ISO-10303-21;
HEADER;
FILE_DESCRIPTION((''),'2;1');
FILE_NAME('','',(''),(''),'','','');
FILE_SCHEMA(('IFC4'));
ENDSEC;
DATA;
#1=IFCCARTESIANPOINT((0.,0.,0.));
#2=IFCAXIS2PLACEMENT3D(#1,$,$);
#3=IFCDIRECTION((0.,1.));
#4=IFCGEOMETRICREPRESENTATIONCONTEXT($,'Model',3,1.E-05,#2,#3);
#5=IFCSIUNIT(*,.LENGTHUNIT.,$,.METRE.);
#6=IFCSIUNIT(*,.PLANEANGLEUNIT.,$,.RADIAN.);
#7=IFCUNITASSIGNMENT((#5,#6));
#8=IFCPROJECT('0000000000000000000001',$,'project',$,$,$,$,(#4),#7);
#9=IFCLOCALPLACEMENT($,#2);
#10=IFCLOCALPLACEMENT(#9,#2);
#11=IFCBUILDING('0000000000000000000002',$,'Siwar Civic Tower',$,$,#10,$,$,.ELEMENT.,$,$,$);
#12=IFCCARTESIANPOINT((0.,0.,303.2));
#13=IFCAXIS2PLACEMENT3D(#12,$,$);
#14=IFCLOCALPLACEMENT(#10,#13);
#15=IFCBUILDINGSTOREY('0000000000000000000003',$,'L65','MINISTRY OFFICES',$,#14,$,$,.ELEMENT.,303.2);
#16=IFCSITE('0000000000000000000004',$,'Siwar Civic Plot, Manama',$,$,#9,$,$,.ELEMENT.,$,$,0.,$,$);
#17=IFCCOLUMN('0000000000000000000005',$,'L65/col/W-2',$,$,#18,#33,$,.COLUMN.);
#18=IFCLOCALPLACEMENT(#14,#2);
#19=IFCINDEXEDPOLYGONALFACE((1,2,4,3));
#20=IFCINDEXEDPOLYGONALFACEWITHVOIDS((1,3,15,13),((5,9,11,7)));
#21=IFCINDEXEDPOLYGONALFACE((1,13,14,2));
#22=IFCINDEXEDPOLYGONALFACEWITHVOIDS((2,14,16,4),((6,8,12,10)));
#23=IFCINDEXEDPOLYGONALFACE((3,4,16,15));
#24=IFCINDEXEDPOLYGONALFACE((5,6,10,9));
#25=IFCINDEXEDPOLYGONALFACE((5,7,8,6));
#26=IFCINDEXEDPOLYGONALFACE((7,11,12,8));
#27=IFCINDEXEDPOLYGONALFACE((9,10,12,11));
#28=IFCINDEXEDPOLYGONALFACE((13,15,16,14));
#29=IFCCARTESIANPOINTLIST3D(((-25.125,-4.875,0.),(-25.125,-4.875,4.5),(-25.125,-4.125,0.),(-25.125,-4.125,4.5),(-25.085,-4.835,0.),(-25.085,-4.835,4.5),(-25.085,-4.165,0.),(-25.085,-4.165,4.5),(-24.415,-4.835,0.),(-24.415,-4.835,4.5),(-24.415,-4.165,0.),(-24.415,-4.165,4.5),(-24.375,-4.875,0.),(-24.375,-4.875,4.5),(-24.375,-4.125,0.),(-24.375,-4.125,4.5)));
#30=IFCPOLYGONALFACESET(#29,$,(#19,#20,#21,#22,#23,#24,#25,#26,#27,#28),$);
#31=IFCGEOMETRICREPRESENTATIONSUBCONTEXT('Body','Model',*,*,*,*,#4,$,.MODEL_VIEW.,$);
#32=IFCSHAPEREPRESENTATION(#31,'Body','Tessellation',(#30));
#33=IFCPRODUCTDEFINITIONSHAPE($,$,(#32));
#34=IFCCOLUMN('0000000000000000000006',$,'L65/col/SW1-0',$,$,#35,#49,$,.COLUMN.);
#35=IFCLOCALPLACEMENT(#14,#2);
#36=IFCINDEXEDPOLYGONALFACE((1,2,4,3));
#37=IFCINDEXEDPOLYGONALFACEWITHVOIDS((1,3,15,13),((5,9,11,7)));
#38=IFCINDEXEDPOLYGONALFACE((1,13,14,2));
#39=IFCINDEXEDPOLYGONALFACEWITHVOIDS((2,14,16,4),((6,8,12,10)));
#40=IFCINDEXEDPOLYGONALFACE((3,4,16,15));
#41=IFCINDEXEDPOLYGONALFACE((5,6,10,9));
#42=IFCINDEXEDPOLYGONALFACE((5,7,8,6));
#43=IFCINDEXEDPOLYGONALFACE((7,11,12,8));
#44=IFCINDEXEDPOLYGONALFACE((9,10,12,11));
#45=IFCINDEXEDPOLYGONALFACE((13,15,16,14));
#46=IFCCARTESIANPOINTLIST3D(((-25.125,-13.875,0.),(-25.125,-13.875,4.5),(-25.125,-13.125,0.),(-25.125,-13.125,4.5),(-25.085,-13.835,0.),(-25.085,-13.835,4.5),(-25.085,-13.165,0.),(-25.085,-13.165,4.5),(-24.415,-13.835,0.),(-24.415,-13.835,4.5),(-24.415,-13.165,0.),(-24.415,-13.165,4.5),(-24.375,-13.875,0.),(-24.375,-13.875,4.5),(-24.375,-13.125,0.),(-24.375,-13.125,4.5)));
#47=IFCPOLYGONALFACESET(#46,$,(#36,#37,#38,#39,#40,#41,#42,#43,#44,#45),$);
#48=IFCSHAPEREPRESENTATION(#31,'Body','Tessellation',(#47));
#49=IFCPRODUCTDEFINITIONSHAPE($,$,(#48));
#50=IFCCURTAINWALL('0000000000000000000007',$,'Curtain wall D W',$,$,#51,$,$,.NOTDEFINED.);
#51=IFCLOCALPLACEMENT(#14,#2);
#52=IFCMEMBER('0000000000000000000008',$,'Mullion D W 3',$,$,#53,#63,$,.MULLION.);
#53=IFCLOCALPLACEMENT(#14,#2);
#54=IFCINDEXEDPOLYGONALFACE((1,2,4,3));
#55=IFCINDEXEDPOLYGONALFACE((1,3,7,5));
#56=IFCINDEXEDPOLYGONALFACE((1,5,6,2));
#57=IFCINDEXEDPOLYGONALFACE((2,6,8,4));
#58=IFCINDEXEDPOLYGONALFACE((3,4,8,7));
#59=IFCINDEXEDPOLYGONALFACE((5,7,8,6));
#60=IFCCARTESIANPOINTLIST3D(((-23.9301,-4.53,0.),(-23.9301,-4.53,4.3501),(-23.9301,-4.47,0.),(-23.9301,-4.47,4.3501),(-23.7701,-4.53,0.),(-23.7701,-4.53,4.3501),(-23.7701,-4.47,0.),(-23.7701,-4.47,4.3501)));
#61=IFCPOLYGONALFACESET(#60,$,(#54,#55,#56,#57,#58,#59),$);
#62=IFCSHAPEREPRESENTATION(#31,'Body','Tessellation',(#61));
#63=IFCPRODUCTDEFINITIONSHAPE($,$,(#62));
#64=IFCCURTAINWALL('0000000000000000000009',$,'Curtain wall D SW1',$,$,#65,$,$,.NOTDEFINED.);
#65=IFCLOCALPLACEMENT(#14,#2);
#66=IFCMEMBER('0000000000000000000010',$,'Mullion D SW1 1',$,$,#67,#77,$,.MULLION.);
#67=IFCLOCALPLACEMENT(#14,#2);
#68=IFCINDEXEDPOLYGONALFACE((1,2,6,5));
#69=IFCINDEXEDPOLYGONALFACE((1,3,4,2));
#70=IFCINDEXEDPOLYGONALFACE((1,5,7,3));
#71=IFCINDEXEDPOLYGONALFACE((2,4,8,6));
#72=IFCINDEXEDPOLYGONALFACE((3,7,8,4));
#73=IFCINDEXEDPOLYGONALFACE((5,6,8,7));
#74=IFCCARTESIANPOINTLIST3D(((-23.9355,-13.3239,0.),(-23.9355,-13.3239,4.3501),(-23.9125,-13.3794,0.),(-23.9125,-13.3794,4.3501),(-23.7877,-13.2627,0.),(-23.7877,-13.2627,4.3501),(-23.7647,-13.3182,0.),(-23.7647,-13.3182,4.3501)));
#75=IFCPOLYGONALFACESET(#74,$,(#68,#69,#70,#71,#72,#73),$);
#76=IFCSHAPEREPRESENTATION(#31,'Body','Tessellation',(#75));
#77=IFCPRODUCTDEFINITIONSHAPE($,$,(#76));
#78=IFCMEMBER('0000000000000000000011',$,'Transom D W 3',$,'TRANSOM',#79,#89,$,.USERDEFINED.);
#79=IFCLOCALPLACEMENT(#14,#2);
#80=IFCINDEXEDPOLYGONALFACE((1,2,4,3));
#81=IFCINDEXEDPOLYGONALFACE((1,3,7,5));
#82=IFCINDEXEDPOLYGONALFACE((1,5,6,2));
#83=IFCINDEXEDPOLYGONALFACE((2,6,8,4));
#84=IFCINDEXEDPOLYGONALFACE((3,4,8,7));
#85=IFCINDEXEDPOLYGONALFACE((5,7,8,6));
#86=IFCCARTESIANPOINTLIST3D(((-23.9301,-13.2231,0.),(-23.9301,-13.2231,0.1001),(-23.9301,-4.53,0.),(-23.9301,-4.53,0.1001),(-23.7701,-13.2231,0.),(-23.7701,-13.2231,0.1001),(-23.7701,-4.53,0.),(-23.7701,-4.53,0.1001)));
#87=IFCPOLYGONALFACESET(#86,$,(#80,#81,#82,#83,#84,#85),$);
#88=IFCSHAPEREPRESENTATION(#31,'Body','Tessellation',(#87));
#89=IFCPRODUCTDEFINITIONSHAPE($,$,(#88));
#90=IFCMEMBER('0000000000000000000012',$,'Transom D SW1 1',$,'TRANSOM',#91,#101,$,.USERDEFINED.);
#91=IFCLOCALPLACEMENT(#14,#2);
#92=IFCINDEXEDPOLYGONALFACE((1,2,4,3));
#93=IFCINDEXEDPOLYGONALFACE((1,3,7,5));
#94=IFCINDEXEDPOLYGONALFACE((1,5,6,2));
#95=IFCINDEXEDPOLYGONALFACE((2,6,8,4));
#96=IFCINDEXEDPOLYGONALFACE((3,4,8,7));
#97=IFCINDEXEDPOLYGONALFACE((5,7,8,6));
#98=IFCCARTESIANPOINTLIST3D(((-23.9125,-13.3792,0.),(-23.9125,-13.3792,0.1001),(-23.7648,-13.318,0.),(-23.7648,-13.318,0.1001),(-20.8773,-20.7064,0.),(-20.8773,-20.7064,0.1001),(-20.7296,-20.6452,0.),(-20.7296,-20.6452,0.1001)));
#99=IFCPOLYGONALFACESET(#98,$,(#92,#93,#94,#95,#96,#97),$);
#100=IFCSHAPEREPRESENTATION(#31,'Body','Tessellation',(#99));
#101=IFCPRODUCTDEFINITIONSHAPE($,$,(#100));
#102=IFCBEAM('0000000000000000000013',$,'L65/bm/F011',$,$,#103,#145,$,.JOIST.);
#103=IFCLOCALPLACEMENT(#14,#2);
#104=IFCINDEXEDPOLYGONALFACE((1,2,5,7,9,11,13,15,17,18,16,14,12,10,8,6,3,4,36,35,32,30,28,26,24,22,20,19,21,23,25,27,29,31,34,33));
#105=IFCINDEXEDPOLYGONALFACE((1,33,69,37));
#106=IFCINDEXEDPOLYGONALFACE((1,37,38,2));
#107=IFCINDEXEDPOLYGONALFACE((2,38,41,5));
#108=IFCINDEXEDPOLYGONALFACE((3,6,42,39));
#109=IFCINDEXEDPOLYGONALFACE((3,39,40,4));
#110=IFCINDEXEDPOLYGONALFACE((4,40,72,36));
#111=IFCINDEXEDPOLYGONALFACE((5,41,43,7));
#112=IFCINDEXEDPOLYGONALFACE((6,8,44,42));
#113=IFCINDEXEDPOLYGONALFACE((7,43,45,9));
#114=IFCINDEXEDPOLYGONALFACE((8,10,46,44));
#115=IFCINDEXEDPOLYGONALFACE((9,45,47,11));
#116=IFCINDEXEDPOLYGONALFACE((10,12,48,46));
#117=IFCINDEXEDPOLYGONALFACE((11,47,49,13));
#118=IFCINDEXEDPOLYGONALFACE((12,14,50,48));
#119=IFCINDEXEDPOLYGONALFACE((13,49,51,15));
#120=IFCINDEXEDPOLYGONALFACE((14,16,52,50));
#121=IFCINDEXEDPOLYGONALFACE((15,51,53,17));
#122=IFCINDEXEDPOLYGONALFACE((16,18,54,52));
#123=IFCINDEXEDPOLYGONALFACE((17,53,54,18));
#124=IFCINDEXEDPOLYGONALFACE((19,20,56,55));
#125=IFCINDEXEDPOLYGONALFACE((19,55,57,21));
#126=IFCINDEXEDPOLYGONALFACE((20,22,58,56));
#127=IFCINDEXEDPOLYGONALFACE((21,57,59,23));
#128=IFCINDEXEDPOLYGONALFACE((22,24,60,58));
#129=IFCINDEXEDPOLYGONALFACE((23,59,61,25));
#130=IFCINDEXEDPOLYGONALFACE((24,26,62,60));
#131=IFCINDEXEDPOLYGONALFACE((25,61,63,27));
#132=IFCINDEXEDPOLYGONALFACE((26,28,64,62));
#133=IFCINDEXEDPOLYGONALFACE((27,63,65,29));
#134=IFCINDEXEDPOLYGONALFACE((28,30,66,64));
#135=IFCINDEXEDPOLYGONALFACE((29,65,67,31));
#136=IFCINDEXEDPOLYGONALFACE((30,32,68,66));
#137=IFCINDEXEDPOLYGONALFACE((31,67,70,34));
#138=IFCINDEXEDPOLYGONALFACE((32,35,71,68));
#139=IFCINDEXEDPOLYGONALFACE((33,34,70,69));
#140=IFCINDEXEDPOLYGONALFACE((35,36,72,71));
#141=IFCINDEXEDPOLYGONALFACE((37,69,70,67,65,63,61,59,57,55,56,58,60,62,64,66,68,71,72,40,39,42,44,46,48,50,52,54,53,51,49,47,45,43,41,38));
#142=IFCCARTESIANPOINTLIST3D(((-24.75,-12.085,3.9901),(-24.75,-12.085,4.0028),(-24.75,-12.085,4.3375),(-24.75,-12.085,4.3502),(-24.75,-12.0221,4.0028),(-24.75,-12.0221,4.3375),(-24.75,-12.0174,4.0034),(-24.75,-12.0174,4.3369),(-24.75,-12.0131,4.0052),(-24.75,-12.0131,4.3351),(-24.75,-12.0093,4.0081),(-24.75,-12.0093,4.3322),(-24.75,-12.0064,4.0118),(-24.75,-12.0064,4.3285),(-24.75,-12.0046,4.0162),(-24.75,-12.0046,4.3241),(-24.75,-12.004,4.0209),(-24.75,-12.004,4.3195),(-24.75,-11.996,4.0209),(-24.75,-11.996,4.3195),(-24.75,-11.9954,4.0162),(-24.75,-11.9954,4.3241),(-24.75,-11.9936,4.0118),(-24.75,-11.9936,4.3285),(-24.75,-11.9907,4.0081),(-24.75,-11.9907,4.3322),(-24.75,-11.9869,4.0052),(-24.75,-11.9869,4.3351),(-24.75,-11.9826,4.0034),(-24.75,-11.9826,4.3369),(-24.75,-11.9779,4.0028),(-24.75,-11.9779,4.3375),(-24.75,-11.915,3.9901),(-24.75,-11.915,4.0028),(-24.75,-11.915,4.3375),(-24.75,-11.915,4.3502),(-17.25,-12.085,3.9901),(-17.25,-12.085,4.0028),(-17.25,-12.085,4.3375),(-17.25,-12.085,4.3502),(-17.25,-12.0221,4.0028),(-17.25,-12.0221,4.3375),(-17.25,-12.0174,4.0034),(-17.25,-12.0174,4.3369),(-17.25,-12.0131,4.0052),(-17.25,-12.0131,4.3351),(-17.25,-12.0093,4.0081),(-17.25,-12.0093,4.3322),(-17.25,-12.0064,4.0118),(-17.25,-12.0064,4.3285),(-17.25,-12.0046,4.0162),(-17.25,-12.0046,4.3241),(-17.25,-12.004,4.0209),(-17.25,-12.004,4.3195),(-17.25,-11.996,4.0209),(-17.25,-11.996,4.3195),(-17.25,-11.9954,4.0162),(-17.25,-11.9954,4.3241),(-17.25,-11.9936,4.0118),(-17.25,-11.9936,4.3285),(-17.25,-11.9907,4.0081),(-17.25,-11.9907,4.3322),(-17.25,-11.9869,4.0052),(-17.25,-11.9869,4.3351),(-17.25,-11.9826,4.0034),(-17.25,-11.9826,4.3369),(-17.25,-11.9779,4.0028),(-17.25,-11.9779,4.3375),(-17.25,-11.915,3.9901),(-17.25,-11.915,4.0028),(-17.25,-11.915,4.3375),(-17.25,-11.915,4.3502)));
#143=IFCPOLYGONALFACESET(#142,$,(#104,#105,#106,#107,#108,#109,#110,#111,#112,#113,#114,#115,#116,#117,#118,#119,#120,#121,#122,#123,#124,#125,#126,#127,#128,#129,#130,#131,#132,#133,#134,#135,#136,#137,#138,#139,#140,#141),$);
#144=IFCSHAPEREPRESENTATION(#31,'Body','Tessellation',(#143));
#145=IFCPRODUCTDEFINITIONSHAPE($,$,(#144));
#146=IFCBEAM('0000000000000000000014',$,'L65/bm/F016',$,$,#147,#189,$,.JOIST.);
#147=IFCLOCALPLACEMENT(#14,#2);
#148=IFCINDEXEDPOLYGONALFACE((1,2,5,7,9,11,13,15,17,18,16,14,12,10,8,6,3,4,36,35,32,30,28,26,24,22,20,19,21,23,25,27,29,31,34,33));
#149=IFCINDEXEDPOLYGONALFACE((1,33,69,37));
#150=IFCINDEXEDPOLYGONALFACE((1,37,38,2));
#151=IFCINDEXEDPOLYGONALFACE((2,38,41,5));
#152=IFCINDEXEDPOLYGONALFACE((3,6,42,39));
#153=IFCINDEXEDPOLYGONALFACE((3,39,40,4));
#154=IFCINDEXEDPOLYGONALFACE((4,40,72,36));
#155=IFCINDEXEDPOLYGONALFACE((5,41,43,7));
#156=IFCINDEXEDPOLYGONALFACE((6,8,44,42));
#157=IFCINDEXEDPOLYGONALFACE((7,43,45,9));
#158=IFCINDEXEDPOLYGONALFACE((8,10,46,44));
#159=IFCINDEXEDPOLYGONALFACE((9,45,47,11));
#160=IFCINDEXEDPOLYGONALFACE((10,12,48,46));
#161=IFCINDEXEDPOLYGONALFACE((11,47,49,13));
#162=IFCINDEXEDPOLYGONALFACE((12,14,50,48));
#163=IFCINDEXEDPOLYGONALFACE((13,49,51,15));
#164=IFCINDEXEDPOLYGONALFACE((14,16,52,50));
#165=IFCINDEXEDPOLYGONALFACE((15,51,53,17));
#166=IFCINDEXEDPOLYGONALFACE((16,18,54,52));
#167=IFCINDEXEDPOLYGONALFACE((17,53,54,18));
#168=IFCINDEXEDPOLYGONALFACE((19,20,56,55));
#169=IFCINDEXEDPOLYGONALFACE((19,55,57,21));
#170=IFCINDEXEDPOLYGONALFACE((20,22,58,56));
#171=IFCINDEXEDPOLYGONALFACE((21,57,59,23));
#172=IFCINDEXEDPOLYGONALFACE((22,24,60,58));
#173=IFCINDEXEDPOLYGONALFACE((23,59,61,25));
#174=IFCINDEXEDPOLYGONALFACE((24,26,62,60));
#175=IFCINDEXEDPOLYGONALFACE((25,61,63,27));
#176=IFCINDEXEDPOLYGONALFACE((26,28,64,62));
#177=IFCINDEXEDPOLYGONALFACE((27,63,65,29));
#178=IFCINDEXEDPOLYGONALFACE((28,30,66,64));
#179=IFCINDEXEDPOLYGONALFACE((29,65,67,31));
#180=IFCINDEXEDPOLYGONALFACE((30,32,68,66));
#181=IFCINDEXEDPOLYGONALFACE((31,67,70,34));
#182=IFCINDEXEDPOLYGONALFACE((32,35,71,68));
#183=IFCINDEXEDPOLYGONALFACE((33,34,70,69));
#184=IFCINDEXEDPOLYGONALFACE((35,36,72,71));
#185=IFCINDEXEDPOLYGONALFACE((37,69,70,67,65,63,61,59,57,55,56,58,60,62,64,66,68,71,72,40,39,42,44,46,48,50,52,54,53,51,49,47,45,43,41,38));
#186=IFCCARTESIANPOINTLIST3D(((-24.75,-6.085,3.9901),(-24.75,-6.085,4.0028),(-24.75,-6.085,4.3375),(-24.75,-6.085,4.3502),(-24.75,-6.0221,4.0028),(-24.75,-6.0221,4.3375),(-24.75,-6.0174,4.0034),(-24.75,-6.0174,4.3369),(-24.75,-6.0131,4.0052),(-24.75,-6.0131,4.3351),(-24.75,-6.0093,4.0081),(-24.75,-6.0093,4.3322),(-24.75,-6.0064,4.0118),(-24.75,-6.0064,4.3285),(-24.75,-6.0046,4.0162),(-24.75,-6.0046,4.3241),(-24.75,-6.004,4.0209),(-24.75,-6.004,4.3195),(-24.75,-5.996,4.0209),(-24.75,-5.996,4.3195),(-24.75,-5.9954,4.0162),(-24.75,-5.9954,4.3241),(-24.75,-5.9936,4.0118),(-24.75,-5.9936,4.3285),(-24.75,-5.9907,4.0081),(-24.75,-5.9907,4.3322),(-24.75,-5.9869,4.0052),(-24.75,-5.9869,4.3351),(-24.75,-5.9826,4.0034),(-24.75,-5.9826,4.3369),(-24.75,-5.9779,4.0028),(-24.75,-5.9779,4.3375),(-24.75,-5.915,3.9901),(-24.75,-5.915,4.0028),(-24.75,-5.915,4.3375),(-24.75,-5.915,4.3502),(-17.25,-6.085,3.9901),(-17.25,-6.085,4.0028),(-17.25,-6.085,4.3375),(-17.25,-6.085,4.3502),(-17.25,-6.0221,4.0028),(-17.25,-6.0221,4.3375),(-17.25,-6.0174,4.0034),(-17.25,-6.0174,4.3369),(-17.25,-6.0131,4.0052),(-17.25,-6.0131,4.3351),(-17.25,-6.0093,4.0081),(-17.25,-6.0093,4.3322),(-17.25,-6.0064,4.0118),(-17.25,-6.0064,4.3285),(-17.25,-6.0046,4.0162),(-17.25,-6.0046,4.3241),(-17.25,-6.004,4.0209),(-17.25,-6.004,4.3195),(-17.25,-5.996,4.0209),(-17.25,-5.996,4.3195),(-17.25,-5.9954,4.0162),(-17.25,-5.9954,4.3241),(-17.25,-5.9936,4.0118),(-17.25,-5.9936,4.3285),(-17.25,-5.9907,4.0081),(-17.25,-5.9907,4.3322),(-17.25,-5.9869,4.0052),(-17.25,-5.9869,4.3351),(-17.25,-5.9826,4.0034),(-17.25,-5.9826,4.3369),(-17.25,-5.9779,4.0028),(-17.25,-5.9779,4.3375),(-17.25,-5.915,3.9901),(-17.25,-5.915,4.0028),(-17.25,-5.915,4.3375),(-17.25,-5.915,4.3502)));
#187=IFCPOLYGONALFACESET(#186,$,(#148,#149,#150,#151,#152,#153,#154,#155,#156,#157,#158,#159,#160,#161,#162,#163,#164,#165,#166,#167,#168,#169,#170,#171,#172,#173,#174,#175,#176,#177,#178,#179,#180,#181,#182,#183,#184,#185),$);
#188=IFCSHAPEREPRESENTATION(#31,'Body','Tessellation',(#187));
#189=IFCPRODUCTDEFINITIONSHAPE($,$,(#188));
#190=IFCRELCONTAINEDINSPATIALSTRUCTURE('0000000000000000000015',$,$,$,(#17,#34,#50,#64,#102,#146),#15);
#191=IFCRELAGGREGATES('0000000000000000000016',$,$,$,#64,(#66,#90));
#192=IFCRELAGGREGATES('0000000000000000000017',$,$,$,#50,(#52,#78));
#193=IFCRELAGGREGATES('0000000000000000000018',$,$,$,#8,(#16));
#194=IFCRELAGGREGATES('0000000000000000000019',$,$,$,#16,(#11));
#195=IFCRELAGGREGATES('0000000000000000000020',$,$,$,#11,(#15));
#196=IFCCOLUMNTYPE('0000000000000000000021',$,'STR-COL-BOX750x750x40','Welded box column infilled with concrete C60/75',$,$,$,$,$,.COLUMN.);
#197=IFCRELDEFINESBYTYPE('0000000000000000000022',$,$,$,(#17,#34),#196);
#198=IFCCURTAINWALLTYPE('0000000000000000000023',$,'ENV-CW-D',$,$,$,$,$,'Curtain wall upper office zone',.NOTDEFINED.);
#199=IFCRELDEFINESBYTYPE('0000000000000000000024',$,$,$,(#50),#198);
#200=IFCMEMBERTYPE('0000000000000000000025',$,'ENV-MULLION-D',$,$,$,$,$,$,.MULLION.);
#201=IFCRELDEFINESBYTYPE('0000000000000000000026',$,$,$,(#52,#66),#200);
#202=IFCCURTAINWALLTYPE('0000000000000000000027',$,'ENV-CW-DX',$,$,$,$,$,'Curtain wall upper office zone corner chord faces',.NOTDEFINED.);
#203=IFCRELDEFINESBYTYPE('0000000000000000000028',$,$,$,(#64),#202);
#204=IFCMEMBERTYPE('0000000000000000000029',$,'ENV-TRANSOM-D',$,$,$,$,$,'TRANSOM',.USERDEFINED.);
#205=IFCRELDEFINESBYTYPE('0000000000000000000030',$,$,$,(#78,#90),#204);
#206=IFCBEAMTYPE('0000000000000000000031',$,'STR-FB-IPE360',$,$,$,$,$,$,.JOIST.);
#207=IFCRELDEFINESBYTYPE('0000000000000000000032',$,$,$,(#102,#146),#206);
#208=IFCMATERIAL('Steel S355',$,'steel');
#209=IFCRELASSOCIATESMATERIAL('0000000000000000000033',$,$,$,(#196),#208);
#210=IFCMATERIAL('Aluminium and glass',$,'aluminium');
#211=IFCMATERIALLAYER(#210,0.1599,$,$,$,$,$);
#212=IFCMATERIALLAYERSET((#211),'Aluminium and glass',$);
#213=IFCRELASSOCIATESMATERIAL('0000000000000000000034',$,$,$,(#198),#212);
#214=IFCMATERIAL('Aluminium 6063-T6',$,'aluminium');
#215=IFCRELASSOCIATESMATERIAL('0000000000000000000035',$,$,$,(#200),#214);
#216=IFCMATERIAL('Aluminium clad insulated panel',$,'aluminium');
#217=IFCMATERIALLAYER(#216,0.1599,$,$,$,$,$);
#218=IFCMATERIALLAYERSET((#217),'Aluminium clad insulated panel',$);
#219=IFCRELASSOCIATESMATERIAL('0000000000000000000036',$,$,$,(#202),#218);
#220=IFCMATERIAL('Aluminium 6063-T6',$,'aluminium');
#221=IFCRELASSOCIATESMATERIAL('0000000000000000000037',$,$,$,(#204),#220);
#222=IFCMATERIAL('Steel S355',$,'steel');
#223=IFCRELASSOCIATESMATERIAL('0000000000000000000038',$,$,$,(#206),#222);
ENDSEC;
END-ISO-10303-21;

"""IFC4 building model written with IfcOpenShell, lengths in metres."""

from ifc_helpers import new_model, si_unit, direction, frame, origin, origin_2d, place, context, subcontext, project, spatial, rectangle, hollow_rectangle, i_section, extrude, material, layer, layer_set, material_profile, profile_set, type_object, element, aggregate, save


model = new_model("IFC4")

# Units and contexts
model_context = context("Model", 3, precision=1e-05, world=origin(), true_north=direction((0.0, 1.0)))
body_context = subcontext(model_context, "Body", "Model", "MODEL_VIEW")
ifc_project = project(units=[si_unit("LENGTHUNIT", "METRE"), si_unit("PLANEANGLEUNIT", "RADIAN")], contexts=[model_context])

# Site, building, storey
site_placement = place(None, origin())
site = spatial("IfcSite", under=ifc_project, at=site_placement, Name="Siwar Civic Plot, Manama", CompositionType="ELEMENT", RefElevation=0.0)
building_placement = place(site_placement, origin())
building = spatial("IfcBuilding", under=site, at=building_placement, Name="Siwar Civic Tower", CompositionType="ELEMENT")
storey_placement = place(building_placement, frame((0.0, 0.0, 303.2)))
storey = spatial("IfcBuildingStorey", under=building, at=storey_placement, Name="L65", Description="MINISTRY OFFICES", CompositionType="ELEMENT", Elevation=303.2)

# Columns
ifc_material_1 = material(Name="Steel S355", Category="steel")
ifc_material_profile_1 = material_profile(ifc_material_1, hollow_rectangle(XDim=0.75, YDim=0.75, WallThickness=0.04, at=origin_2d()), Name="BOX750x750x40")
ifc_profile_set_1 = profile_set([ifc_material_profile_1], Name="Steel S355")
column_type = type_object("IfcColumnType", Name="STR-COL-BOX750x750x40", Description="Welded box column infilled with concrete C60/75", PredefinedType="COLUMN", material=ifc_profile_set_1)
for number, where, z_axis, x_axis, name in (
    (1, (-24.75, -4.5, 0.0), (0.0, 0.0, 1.0), (1.0, 0.0, 0.0), "L65/col/W-2"),
    (2, (-24.75, -13.5, 0.0), (0.0, 0.0, 1.0), (1.0, 0.0, 0.0), "L65/col/SW1-0"),
):
    element("IfcColumn", number, at=place(storey_placement, frame(where, z_axis=z_axis, x_axis=x_axis)), inside=storey, type_object=column_type, Name=name, PredefinedType="COLUMN", context=body_context, shape_type="SweptSolid", body=[
        extrude(hollow_rectangle(XDim=0.75, YDim=0.75, WallThickness=0.04, at=origin_2d()), origin(), (0.0, 0.0, 1.0), 4.5),
    ])

# Curtain walls, members
ifc_material_2 = material(Name="Aluminium and glass", Category="aluminium")
ifc_layer_1 = layer(ifc_material_2, 0.1599)
ifc_layer_set_1 = layer_set([ifc_layer_1], Name="Aluminium and glass")
curtain_wall_type_1 = type_object("IfcCurtainWallType", Name="ENV-CW-D", ElementType="Curtain wall upper office zone", PredefinedType="NOTDEFINED", material=ifc_layer_set_1)
curtain_wall_1_placement = place(storey_placement, origin())
curtain_wall_1 = element("IfcCurtainWall", 3, at=curtain_wall_1_placement, inside=storey, type_object=curtain_wall_type_1, Name="Curtain wall D W", PredefinedType="NOTDEFINED")
ifc_material_3 = material(Name="Aluminium 6063-T6", Category="aluminium")
ifc_material_profile_2 = material_profile(ifc_material_3, rectangle(XDim=0.1599, YDim=0.0601, at=origin_2d()), Name="AL 160x60")
ifc_profile_set_2 = profile_set([ifc_material_profile_2], Name="Aluminium 6063-T6")
member_type_1 = type_object("IfcMemberType", Name="ENV-MULLION-D", PredefinedType="MULLION", material=ifc_profile_set_2)
member_1_placement = place(storey_placement, frame((-23.8501, -4.5, 0.0), z_axis=(0.0, 0.0, 1.0), x_axis=(1.0, 0.0, 0.0)))
member_1 = element("IfcMember", 4, at=member_1_placement, type_object=member_type_1, Name="Mullion D W 3", PredefinedType="MULLION", context=body_context, shape_type="SweptSolid", body=[
    extrude(rectangle(XDim=0.1599, YDim=0.0601, at=origin_2d()), origin(), (0.0, 0.0, 1.0), 4.3501),
])
ifc_material_4 = material(Name="Aluminium clad insulated panel", Category="aluminium")
ifc_layer_2 = layer(ifc_material_4, 0.1599)
ifc_layer_set_2 = layer_set([ifc_layer_2], Name="Aluminium clad insulated panel")
curtain_wall_type_2 = type_object("IfcCurtainWallType", Name="ENV-CW-DX", ElementType="Curtain wall upper office zone corner chord faces", PredefinedType="NOTDEFINED", material=ifc_layer_set_2)
curtain_wall_2_placement = place(storey_placement, origin())
curtain_wall_2 = element("IfcCurtainWall", 5, at=curtain_wall_2_placement, inside=storey, type_object=curtain_wall_type_2, Name="Curtain wall D SW1", PredefinedType="NOTDEFINED")
member_2_placement = place(storey_placement, frame((-23.8501, -13.321, 0.0), z_axis=(0.0, 0.0, 1.0), x_axis=(0.92388, 0.382683, 0.0)))
member_2 = element("IfcMember", 6, at=member_2_placement, type_object=member_type_1, Name="Mullion D SW1 1", PredefinedType="MULLION", context=body_context, shape_type="SweptSolid", body=[
    extrude(rectangle(XDim=0.1599, YDim=0.0601, at=origin_2d()), origin(), (0.0, 0.0, 1.0), 4.3501),
])

# Members
ifc_material_5 = material(Name="Aluminium 6063-T6", Category="aluminium")
ifc_material_profile_3 = material_profile(ifc_material_5, rectangle(XDim=0.1599, YDim=0.1001, at=origin_2d()), Name="AL 160x100")
ifc_profile_set_3 = profile_set([ifc_material_profile_3], Name="Aluminium 6063-T6")
member_type_2 = type_object("IfcMemberType", Name="ENV-TRANSOM-D", ElementType="TRANSOM", PredefinedType="USERDEFINED", material=ifc_profile_set_3)
member_3_placement = place(storey_placement, frame((-23.8501, -4.53, 0.05), z_axis=(0.0, -1.0, 0.0), x_axis=(1.0, 0.0, 0.0)))
member_3 = element("IfcMember", 7, at=member_3_placement, type_object=member_type_2, Name="Transom D W 3", ObjectType="TRANSOM", PredefinedType="USERDEFINED", context=body_context, shape_type="SweptSolid", body=[
    extrude(rectangle(XDim=0.1599, YDim=0.1001, at=origin_2d()), origin(), (0.0, 0.0, 1.0), 8.6931),
])
member_4_placement = place(storey_placement, frame((-23.8386, -13.3486, 0.05), z_axis=(0.3827, -0.923873, 0.0), x_axis=(0.923873, 0.3827, 0.0)))
member_4 = element("IfcMember", 8, at=member_4_placement, type_object=member_type_2, Name="Transom D SW1 1", ObjectType="TRANSOM", PredefinedType="USERDEFINED", context=body_context, shape_type="SweptSolid", body=[
    extrude(rectangle(XDim=0.1599, YDim=0.1001, at=origin_2d()), origin(), (0.0, 0.0, 1.0), 7.9309),
])
aggregate(curtain_wall_2, [member_2, member_4])

# Beams
ifc_material_6 = material(Name="Steel S355", Category="steel")
ifc_material_profile_4 = material_profile(ifc_material_6, i_section(OverallWidth=0.1699, OverallDepth=0.3601, WebThickness=0.0081, FlangeThickness=0.0127, FilletRadius=0.0181, at=origin_2d()), Name="IPE360")
ifc_profile_set_4 = profile_set([ifc_material_profile_4], Name="Steel S355")
beam_type_1 = type_object("IfcBeamType", Name="STR-FB-IPE360", PredefinedType="JOIST", material=ifc_profile_set_4)
for number, where, z_axis, x_axis, name in (
    (9, (-24.75, -12.0, 4.1702), (1.0, 0.0, 0.0), (0.0, 1.0, 0.0), "L65/bm/F011"),
    (10, (-24.75, -6.0, 4.1702), (1.0, 0.0, 0.0), (0.0, 1.0, 0.0), "L65/bm/F016"),
):
    element("IfcBeam", number, at=place(storey_placement, frame(where, z_axis=z_axis, x_axis=x_axis)), inside=storey, type_object=beam_type_1, Name=name, PredefinedType="JOIST", context=body_context, shape_type="SweptSolid", body=[
        extrude(i_section(OverallWidth=0.1699, OverallDepth=0.3601, WebThickness=0.0081, FlangeThickness=0.0127, FilletRadius=0.0181, at=origin_2d()), origin(), (0.0, 0.0, 1.0), 7.5),
    ])

aggregate(curtain_wall_1, [member_1, member_3])

save(model, "model.ifc")
